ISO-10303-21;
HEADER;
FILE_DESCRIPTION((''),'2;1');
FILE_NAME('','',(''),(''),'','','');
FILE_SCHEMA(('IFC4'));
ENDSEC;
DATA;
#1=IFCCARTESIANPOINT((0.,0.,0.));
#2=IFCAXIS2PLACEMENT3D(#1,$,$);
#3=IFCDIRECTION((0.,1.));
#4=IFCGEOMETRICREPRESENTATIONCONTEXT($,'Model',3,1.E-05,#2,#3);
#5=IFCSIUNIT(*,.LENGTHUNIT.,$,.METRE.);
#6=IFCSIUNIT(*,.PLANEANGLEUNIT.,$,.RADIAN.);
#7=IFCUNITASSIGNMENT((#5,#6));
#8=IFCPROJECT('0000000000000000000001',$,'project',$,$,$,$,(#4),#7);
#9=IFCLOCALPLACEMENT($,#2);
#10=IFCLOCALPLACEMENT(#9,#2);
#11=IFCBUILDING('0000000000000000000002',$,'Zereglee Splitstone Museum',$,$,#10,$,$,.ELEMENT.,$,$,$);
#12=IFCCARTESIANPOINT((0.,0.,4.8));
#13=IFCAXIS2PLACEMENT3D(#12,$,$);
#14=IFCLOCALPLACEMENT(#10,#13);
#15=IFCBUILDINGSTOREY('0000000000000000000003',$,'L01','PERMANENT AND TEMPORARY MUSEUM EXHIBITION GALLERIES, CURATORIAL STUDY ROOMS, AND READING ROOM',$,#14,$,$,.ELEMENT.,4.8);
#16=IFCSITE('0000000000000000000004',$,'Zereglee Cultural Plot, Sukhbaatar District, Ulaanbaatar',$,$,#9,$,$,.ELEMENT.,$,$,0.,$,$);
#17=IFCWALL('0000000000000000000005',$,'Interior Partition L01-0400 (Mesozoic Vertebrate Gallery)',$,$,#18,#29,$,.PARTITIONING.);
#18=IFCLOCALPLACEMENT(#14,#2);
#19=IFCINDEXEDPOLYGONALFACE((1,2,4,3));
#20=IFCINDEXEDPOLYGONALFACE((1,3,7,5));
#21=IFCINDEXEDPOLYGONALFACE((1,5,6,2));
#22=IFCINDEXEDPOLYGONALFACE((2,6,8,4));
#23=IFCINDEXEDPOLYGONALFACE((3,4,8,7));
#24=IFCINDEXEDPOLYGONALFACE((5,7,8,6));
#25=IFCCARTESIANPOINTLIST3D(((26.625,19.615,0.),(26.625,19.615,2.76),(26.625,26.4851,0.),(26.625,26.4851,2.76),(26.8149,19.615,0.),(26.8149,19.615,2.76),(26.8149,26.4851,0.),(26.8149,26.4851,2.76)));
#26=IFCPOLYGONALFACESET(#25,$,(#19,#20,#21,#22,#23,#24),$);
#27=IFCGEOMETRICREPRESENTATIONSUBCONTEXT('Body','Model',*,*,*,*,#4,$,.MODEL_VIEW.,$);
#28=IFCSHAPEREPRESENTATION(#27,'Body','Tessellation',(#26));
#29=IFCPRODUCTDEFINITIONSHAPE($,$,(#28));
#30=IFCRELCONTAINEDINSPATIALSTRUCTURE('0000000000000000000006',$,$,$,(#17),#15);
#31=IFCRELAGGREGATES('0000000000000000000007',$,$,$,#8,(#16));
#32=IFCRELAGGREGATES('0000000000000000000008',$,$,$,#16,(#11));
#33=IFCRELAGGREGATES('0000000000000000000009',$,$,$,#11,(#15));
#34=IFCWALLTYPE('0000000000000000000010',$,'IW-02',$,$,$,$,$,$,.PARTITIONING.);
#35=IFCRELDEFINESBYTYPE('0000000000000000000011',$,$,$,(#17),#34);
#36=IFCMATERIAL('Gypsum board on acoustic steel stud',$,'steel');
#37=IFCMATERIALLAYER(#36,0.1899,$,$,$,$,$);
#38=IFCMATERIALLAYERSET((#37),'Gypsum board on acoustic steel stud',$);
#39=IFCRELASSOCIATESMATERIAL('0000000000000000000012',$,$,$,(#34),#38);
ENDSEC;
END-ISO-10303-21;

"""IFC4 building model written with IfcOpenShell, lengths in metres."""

from ifc_helpers import new_model, si_unit, direction, frame, frame_2d, origin, place, context, subcontext, project, spatial, rectangle, extrude, material, layer, layer_set, type_object, element, save


model = new_model("IFC4")

# Units and contexts
model_context = context("Model", 3, precision=1e-05, world=origin(), true_north=direction((0.0, 1.0)))
body_context = subcontext(model_context, "Body", "Model", "MODEL_VIEW")
ifc_project = project(units=[si_unit("LENGTHUNIT", "METRE"), si_unit("PLANEANGLEUNIT", "RADIAN")], contexts=[model_context])

# Site, building, storey
site_placement = place(None, origin())
site = spatial("IfcSite", under=ifc_project, at=site_placement, Name="Zereglee Cultural Plot, Sukhbaatar District, Ulaanbaatar", CompositionType="ELEMENT", RefElevation=0.0)
building_placement = place(site_placement, origin())
building = spatial("IfcBuilding", under=site, at=building_placement, Name="Zereglee Splitstone Museum", CompositionType="ELEMENT")
storey_placement = place(building_placement, frame((0.0, 0.0, 4.8)))
storey = spatial("IfcBuildingStorey", under=building, at=storey_placement, Name="L01", Description="PERMANENT AND TEMPORARY MUSEUM EXHIBITION GALLERIES, CURATORIAL STUDY ROOMS, AND READING ROOM", CompositionType="ELEMENT", Elevation=4.8)

# Wall
ifc_material_1 = material(Name="Gypsum board on acoustic steel stud", Category="steel")
ifc_layer_1 = layer(ifc_material_1, 0.1899)
ifc_layer_set_1 = layer_set([ifc_layer_1], Name="Gypsum board on acoustic steel stud")
wall_type_1 = type_object("IfcWallType", Name="IW-02", PredefinedType="PARTITIONING", material=ifc_layer_set_1)
wall_1_placement = place(storey_placement, frame((26.72, 19.615, 0.0), z_axis=(0.0, 0.0, 1.0), x_axis=(0.0, 1.0, 0.0)))
element("IfcWall", 1, at=wall_1_placement, inside=storey, type_object=wall_type_1, Name="Interior Partition L01-0400 (Mesozoic Vertebrate Gallery)", PredefinedType="PARTITIONING", context=body_context, shape_type="SweptSolid", body=[
    extrude(rectangle(XDim=6.8701, YDim=0.1899, at=frame_2d((3.4351, 0.0))), origin(), (0.0, 0.0, 1.0), 2.76),
])

save(model, "model.ifc")
